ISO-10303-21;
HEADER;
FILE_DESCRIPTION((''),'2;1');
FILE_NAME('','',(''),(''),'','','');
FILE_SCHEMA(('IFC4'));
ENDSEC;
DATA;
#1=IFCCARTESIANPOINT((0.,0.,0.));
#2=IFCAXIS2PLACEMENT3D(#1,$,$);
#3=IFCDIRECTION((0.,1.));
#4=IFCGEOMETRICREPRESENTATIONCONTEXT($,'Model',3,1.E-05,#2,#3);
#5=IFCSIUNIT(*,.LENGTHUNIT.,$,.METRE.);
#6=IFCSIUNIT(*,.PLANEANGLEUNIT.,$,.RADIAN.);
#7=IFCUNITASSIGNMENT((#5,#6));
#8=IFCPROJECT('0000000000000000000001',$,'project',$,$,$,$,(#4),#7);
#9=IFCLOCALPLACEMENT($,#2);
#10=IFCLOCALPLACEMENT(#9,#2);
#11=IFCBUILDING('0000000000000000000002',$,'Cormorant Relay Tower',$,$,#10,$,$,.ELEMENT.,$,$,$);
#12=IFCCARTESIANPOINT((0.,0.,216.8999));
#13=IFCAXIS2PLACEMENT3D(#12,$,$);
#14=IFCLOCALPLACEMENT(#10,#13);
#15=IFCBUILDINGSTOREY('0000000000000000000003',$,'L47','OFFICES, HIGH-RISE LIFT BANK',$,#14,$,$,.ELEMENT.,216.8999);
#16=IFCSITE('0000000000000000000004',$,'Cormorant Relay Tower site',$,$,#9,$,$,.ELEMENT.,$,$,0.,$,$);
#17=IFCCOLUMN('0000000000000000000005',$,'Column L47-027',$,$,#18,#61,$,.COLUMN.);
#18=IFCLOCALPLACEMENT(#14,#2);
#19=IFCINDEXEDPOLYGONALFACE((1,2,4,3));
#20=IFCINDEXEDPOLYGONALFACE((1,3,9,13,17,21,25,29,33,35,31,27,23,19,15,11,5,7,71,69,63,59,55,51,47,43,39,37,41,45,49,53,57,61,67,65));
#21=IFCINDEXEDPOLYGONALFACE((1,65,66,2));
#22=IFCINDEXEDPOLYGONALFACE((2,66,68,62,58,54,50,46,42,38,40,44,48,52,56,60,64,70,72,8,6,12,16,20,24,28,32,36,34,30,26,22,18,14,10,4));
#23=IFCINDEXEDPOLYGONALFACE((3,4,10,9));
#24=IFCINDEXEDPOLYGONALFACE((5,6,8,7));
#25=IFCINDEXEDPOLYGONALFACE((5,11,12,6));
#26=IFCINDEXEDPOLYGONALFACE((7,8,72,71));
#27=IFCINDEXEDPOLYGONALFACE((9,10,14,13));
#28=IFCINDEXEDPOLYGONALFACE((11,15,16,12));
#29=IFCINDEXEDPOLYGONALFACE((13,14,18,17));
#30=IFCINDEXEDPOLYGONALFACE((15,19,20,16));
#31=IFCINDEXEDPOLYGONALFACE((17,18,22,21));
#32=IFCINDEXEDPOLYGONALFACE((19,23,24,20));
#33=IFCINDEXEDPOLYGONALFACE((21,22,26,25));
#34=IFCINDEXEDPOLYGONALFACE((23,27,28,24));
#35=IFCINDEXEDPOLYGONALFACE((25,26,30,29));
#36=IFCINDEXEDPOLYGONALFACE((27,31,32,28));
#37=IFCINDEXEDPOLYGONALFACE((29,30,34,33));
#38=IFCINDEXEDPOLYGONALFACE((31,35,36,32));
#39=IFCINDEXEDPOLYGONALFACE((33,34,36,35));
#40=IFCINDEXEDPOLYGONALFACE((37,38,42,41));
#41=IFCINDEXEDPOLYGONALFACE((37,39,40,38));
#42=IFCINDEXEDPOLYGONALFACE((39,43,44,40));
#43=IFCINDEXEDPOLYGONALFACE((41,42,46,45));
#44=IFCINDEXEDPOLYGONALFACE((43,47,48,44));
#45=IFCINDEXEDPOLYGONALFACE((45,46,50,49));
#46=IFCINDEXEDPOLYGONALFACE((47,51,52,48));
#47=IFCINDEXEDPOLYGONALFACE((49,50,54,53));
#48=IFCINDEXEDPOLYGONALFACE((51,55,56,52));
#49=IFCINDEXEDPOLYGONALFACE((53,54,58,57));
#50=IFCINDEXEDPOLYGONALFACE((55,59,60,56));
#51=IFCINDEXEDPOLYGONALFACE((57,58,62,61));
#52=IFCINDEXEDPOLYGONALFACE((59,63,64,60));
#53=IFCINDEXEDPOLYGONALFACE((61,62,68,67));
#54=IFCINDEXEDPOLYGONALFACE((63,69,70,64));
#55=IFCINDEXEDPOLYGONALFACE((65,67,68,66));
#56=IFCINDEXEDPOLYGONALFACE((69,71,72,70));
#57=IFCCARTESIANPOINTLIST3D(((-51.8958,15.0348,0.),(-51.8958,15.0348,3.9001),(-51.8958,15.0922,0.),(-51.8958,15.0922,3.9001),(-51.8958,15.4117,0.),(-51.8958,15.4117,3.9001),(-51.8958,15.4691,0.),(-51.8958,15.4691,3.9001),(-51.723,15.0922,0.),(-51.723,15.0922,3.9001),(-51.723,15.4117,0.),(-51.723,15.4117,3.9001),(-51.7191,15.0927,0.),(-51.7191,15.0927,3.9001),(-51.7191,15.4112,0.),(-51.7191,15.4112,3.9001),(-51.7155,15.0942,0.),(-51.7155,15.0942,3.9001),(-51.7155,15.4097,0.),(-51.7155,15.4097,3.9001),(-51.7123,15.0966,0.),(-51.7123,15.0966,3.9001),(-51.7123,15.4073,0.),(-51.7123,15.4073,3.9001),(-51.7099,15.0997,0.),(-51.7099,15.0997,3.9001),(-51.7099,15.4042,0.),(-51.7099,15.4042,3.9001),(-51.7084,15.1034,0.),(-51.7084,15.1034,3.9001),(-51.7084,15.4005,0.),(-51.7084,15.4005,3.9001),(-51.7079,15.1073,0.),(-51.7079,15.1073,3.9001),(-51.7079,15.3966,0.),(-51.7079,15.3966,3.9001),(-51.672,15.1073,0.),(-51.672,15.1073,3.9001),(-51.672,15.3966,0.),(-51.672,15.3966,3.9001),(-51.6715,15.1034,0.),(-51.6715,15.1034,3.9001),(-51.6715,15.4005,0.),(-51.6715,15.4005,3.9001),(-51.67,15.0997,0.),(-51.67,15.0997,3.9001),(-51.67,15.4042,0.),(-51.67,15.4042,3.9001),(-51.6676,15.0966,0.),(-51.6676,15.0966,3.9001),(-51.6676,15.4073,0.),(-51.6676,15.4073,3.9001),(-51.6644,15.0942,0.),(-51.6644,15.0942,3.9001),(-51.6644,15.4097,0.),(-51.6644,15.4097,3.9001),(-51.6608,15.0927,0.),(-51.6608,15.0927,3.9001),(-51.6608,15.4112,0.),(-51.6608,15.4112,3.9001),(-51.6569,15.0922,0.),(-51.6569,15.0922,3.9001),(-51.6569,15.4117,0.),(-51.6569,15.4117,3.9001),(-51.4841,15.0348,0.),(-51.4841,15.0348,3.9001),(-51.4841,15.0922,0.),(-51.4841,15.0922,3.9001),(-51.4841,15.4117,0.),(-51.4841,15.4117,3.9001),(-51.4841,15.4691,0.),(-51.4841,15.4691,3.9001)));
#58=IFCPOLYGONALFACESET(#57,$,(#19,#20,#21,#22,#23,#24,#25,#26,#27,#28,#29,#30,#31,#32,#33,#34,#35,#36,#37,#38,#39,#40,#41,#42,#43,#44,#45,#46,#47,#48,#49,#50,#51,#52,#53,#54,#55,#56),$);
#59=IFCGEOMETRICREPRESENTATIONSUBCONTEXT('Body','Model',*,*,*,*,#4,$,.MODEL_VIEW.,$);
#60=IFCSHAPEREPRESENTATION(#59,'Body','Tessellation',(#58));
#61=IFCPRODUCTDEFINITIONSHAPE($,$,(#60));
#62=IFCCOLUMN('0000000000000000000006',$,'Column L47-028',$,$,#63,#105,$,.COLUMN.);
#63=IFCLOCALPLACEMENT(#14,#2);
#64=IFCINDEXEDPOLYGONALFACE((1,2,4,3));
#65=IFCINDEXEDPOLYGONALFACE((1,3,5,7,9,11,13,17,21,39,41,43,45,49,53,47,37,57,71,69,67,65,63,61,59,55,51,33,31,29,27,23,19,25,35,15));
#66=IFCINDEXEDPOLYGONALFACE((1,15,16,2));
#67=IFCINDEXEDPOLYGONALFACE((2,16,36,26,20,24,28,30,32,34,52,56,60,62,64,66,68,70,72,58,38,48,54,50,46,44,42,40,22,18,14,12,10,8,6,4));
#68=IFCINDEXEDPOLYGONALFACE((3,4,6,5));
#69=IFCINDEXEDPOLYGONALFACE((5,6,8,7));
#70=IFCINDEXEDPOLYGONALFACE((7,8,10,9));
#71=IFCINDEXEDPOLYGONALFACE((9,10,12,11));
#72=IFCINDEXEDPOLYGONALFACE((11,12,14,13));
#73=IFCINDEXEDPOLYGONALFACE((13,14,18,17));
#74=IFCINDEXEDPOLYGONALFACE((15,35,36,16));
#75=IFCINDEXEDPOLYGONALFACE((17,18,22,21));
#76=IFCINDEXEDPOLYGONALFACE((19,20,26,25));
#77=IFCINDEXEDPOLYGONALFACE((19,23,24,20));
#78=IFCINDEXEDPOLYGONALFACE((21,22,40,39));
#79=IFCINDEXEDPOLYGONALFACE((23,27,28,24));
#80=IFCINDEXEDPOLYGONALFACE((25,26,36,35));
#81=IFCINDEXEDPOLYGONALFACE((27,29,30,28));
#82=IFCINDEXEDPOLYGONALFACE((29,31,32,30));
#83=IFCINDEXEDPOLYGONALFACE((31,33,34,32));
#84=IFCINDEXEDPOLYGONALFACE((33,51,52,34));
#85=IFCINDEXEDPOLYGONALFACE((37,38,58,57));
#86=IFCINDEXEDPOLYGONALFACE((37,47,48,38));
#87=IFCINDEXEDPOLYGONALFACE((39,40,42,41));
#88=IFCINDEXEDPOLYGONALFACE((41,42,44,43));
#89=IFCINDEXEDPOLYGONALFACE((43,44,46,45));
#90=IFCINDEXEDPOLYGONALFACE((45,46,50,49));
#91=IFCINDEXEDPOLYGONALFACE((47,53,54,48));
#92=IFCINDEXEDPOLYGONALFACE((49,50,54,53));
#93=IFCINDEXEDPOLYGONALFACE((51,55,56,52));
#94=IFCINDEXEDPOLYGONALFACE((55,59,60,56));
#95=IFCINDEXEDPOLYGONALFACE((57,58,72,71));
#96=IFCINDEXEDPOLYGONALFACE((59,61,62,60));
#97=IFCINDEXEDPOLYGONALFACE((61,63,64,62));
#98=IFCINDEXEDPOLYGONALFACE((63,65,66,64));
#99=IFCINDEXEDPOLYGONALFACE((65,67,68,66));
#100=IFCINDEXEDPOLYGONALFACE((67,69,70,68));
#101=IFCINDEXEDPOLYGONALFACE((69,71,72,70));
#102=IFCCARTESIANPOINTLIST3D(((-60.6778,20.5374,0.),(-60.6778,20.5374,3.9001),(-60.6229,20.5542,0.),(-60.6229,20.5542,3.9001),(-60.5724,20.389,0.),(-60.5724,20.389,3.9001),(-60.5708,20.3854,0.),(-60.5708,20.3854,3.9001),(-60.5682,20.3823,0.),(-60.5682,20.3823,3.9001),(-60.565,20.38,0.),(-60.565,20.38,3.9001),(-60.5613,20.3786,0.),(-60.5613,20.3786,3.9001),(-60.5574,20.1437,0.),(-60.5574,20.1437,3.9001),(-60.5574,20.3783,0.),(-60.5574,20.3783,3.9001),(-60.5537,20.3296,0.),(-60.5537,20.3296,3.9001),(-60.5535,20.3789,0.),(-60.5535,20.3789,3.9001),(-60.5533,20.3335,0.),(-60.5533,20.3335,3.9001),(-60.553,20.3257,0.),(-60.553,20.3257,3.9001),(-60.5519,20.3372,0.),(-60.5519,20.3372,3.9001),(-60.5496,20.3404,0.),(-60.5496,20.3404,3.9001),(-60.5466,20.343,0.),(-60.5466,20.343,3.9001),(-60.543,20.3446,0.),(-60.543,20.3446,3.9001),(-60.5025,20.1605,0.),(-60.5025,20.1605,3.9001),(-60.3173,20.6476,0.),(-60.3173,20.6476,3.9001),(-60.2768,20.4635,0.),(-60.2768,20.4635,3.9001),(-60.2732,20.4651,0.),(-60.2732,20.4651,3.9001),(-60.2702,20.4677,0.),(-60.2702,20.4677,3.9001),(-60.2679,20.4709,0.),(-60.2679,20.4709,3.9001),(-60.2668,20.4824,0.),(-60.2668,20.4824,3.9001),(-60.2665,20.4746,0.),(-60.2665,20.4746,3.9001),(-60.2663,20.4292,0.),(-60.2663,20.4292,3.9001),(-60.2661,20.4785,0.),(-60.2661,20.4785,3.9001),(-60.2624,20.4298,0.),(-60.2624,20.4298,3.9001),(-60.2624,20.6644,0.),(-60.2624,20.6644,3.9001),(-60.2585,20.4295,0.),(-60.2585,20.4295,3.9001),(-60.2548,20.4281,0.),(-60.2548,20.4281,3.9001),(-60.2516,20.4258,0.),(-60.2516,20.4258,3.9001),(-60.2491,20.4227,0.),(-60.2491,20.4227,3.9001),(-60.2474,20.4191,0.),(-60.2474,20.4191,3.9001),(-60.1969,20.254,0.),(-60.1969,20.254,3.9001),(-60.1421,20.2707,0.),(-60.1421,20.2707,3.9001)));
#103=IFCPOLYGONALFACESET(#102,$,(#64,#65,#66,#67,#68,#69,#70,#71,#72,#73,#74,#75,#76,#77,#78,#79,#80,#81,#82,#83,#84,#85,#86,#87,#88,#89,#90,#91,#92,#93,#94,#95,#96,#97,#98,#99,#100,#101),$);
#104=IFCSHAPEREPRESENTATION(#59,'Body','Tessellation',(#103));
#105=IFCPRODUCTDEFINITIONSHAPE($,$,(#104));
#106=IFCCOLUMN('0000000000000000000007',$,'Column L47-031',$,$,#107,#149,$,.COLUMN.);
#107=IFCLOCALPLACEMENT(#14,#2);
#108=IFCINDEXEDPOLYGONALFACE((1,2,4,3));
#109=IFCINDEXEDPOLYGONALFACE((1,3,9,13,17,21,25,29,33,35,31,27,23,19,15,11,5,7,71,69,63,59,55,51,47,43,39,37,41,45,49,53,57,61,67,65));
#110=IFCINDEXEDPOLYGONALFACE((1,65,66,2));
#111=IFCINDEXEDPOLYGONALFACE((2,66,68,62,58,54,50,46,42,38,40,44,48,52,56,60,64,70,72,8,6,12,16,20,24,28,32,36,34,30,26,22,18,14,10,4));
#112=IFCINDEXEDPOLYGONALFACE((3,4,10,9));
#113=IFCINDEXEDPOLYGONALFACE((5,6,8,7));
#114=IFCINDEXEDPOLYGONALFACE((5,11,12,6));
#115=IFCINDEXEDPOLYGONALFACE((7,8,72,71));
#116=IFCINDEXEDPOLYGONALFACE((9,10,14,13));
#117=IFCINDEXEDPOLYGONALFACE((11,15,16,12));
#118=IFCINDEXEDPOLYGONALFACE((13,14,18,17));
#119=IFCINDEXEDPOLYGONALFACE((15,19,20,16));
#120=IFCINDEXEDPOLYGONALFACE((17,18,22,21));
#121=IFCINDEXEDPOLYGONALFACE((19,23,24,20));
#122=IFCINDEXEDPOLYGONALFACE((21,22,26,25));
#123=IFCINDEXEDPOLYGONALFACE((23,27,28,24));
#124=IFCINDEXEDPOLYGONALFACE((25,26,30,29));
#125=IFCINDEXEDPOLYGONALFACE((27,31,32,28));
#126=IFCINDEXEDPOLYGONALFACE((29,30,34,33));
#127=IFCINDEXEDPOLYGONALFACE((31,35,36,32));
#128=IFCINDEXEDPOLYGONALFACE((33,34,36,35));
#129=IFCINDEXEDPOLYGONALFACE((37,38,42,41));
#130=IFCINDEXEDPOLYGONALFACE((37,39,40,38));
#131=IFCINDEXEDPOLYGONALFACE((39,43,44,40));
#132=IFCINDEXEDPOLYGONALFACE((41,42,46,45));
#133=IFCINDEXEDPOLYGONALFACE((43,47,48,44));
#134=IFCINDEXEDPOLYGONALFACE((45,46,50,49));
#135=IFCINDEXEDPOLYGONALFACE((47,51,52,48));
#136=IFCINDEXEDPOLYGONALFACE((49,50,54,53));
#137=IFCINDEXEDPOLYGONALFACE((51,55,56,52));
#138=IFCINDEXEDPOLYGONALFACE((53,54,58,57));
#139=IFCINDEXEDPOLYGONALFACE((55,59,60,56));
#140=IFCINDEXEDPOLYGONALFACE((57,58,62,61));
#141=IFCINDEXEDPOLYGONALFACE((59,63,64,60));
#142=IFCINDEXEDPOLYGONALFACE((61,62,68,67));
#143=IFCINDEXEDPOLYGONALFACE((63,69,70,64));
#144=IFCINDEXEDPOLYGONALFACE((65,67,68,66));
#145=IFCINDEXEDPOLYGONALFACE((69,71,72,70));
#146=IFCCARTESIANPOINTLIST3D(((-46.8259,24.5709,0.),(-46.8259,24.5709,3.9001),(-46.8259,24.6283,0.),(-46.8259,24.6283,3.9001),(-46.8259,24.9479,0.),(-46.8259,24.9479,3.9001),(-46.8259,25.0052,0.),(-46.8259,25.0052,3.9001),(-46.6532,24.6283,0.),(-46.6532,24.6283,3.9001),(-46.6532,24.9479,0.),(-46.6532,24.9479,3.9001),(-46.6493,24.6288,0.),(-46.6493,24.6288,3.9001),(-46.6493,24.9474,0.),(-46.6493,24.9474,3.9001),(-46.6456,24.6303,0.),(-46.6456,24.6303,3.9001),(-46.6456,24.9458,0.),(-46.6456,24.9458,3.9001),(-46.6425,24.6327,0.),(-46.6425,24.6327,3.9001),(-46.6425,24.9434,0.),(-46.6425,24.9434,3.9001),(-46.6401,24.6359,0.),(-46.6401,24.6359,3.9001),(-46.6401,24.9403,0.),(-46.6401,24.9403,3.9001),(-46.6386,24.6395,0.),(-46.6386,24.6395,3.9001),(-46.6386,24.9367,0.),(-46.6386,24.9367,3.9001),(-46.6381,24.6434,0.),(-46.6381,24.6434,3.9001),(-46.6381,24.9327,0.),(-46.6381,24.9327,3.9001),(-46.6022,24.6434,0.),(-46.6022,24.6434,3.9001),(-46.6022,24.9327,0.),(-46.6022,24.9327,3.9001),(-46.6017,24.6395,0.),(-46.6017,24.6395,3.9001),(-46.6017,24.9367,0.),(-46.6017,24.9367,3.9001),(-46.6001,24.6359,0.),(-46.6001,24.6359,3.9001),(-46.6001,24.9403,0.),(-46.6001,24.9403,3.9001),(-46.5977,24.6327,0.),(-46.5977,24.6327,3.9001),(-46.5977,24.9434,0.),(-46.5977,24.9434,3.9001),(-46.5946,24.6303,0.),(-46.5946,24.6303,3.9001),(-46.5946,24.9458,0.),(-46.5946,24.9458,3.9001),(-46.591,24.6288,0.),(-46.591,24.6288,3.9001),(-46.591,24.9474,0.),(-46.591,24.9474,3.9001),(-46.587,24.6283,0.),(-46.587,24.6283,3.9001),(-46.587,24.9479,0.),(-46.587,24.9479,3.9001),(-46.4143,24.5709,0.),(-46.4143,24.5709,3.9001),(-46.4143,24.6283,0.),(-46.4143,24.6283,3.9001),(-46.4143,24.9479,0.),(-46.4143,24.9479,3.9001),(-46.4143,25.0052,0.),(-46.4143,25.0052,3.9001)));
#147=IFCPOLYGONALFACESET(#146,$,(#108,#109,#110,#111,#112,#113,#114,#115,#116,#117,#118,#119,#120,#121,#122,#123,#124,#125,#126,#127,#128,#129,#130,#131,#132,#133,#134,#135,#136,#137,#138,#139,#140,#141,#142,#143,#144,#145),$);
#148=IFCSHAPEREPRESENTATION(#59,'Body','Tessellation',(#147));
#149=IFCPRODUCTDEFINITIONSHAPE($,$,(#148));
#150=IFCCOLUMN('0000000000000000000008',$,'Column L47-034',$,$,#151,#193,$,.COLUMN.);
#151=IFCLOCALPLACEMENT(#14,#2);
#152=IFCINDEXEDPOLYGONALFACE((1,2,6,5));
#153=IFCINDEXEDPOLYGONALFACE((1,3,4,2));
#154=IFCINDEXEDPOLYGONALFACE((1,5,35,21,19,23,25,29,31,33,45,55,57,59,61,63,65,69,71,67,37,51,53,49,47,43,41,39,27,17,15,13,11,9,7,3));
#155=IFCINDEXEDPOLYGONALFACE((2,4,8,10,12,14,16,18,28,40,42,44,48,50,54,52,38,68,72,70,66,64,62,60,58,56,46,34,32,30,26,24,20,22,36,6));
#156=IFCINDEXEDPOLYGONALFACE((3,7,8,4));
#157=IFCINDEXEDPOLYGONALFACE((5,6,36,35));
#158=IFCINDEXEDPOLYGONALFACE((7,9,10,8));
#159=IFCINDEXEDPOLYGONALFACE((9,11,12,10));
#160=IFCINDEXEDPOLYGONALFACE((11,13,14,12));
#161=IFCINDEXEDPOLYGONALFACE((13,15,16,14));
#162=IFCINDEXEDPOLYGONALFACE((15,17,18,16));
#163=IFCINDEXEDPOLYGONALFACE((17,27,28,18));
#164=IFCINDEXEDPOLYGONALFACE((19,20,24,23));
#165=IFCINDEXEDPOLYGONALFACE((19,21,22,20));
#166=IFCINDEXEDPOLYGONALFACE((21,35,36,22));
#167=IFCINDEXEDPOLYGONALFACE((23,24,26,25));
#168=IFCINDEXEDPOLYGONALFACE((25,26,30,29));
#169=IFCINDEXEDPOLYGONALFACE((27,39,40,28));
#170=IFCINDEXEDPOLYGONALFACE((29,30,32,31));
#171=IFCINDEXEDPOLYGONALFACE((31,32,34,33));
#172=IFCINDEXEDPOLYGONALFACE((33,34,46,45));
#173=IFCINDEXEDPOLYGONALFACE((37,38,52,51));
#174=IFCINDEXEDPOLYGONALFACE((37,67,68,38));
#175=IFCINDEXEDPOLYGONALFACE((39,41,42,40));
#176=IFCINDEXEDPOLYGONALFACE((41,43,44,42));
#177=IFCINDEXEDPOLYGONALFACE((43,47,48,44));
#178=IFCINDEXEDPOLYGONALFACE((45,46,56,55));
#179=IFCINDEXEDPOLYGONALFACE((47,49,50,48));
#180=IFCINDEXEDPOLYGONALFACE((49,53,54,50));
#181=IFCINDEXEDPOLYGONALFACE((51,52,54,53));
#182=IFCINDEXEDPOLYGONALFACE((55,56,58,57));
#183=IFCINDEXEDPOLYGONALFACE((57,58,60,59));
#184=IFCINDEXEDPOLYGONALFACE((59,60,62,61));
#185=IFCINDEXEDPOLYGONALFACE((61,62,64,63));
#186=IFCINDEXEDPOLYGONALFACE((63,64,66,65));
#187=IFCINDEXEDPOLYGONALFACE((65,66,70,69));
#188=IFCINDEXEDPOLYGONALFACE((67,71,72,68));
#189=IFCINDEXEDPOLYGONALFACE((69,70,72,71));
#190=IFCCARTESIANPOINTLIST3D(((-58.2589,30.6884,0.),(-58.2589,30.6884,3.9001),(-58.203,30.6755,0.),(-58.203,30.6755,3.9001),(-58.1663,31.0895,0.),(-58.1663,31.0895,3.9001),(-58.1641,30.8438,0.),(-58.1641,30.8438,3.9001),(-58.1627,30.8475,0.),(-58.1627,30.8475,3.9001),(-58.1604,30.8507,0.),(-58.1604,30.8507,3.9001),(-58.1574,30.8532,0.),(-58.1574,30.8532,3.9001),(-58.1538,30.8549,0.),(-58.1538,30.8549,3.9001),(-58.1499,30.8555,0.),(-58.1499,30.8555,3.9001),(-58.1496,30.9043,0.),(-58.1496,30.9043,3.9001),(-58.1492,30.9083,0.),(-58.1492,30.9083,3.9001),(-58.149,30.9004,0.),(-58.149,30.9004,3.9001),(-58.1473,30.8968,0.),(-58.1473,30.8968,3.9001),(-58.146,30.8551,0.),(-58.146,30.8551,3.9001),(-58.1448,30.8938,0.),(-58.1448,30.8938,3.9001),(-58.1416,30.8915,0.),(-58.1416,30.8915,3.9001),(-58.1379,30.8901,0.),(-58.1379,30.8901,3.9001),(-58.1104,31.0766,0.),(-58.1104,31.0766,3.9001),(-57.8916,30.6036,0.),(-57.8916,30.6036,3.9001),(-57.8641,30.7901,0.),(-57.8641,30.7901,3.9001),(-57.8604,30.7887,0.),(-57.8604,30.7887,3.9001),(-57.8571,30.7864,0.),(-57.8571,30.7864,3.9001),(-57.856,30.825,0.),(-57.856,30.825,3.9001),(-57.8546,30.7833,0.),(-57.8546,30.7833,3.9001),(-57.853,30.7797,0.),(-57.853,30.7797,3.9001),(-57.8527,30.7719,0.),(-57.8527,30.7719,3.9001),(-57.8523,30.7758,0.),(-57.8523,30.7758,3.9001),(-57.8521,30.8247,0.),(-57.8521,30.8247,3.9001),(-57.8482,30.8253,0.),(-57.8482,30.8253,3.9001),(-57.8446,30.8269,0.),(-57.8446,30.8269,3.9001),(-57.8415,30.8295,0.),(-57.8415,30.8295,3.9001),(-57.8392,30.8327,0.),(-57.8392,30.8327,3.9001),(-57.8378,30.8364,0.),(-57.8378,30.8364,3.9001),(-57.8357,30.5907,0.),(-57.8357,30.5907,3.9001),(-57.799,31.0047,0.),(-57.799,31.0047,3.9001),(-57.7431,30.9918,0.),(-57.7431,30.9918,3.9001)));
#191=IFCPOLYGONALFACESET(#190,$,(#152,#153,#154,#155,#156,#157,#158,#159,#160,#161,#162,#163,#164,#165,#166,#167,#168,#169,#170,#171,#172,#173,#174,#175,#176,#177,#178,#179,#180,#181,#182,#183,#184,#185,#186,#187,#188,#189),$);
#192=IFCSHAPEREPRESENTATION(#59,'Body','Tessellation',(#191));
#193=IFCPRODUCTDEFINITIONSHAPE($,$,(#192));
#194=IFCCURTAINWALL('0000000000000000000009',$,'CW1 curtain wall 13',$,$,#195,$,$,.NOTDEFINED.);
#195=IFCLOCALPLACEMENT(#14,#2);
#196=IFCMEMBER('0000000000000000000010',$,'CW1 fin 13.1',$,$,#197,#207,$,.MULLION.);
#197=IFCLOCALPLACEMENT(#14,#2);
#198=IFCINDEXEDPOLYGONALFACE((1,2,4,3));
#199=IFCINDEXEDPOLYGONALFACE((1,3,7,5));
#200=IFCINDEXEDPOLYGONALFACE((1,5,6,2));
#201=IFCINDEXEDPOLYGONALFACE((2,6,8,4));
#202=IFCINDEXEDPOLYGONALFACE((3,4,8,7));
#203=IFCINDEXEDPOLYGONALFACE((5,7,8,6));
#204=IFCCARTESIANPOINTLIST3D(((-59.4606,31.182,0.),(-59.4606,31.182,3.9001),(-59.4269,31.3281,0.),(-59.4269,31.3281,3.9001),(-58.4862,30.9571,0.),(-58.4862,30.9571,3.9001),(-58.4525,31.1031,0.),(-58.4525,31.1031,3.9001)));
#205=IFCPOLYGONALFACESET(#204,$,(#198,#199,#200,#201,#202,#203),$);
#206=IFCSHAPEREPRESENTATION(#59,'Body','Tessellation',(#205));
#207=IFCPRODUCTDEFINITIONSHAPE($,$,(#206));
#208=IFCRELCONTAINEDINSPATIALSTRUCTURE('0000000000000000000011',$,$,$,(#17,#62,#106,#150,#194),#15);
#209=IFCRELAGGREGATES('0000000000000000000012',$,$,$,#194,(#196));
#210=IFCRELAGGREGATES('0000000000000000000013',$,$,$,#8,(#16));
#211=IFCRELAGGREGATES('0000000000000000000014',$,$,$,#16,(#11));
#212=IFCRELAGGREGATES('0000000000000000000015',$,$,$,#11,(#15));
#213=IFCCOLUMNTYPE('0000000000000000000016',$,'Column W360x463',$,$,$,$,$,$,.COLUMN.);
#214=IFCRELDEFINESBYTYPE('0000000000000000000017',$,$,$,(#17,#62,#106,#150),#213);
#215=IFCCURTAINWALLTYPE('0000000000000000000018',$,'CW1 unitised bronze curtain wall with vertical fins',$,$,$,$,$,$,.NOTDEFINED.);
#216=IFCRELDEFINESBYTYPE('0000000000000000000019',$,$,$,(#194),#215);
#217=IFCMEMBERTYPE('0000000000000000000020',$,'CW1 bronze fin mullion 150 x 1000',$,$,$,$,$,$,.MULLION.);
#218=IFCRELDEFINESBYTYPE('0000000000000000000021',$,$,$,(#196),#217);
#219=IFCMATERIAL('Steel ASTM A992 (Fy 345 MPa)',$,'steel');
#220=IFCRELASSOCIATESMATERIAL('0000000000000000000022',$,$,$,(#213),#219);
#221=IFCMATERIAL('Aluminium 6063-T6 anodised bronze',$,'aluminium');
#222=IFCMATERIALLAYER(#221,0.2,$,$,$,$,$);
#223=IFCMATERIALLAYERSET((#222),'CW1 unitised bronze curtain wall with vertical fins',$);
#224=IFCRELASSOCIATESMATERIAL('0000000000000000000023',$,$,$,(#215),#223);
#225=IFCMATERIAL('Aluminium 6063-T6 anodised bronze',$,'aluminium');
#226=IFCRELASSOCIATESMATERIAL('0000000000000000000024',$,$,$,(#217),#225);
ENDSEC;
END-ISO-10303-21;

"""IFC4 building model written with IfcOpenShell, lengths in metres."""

from ifc_helpers import new_model, si_unit, direction, frame, origin, origin_2d, place, context, subcontext, project, spatial, rectangle, i_section, extrude, material, layer, layer_set, material_profile, profile_set, type_object, element, aggregate, save


model = new_model("IFC4")

# Units and contexts
model_context = context("Model", 3, precision=1e-05, world=origin(), true_north=direction((0.0, 1.0)))
body_context = subcontext(model_context, "Body", "Model", "MODEL_VIEW")
ifc_project = project(units=[si_unit("LENGTHUNIT", "METRE"), si_unit("PLANEANGLEUNIT", "RADIAN")], contexts=[model_context])

# Site, building, storey
site_placement = place(None, origin())
site = spatial("IfcSite", under=ifc_project, at=site_placement, Name="Cormorant Relay Tower site", CompositionType="ELEMENT", RefElevation=0.0)
building_placement = place(site_placement, origin())
building = spatial("IfcBuilding", under=site, at=building_placement, Name="Cormorant Relay Tower", CompositionType="ELEMENT")
storey_placement = place(building_placement, frame((0.0, 0.0, 216.8999)))
storey = spatial("IfcBuildingStorey", under=building, at=storey_placement, Name="L47", Description="OFFICES, HIGH-RISE LIFT BANK", CompositionType="ELEMENT", Elevation=216.8999)

# Columns
ifc_material_1 = material(Name="Steel ASTM A992 (Fy 345 MPa)", Category="steel")
ifc_material_profile_1 = material_profile(ifc_material_1, i_section(OverallWidth=0.4116, OverallDepth=0.4343, WebThickness=0.0359, FlangeThickness=0.0574, FilletRadius=0.0151, at=origin_2d()), Name="W360x463")
ifc_profile_set_1 = profile_set([ifc_material_profile_1], Name="Steel ASTM A992 (Fy 345 MPa)")
column_type = type_object("IfcColumnType", Name="Column W360x463", PredefinedType="COLUMN", material=ifc_profile_set_1)
for number, where, z_axis, x_axis, name in (
    (1, (-51.6899, 15.252, 0.0), (0.0, 0.0, 1.0), (1.0, 0.0, 0.0), "Column L47-027"),
    (2, (-60.4099, 20.4041, 0.0), (0.0, 0.0, 1.0), (0.292372, -0.956305, 0.0), "Column L47-028"),
    (3, (-46.6201, 24.7881, 0.0), (0.0, 0.0, 1.0), (1.0, 0.0, 0.0), "Column L47-031"),
    (4, (-58.001, 30.8401, 0.0), (0.0, 0.0, 1.0), (-0.224951, -0.97437, 0.0), "Column L47-034"),
):
    element("IfcColumn", number, at=place(storey_placement, frame(where, z_axis=z_axis, x_axis=x_axis)), inside=storey, type_object=column_type, Name=name, PredefinedType="COLUMN", context=body_context, shape_type="SweptSolid", body=[
        extrude(i_section(OverallWidth=0.4116, OverallDepth=0.4343, WebThickness=0.0359, FlangeThickness=0.0574, FilletRadius=0.0151, at=origin_2d()), origin(), (0.0, 0.0, 1.0), 3.9001),
    ])

# Curtain wall, member
ifc_material_2 = material(Name="Aluminium 6063-T6 anodised bronze", Category="aluminium")
ifc_layer_1 = layer(ifc_material_2, 0.2)
ifc_layer_set_1 = layer_set([ifc_layer_1], Name="CW1 unitised bronze curtain wall with vertical fins")
curtain_wall_type = type_object("IfcCurtainWallType", Name="CW1 unitised bronze curtain wall with vertical fins", PredefinedType="NOTDEFINED", material=ifc_layer_set_1)
curtain_wall_1_placement = place(storey_placement, origin())
curtain_wall_1 = element("IfcCurtainWall", 5, at=curtain_wall_1_placement, inside=storey, type_object=curtain_wall_type, Name="CW1 curtain wall 13", PredefinedType="NOTDEFINED")
ifc_material_3 = material(Name="Aluminium 6063-T6 anodised bronze", Category="aluminium")
ifc_material_profile_2 = material_profile(ifc_material_3, rectangle(XDim=0.1499, YDim=1.0, at=origin_2d()), Name="AL 150x1000")
ifc_profile_set_2 = profile_set([ifc_material_profile_2], Name="Aluminium 6063-T6 anodised bronze")
member_type_1 = type_object("IfcMemberType", Name="CW1 bronze fin mullion 150 x 1000", PredefinedType="MULLION", material=ifc_profile_set_2)
member_1_placement = place(storey_placement, frame((-58.9565, 31.1426, 0.0), z_axis=(0.0, 0.0, 1.0), x_axis=(-0.224951, -0.97437, 0.0)))
member_1 = element("IfcMember", 6, at=member_1_placement, type_object=member_type_1, Name="CW1 fin 13.1", PredefinedType="MULLION", context=body_context, shape_type="SweptSolid", body=[
    extrude(rectangle(XDim=0.1499, YDim=1.0, at=origin_2d()), origin(), (0.0, 0.0, 1.0), 3.9001),
])

aggregate(curtain_wall_1, [member_1])

save(model, "model.ifc")
